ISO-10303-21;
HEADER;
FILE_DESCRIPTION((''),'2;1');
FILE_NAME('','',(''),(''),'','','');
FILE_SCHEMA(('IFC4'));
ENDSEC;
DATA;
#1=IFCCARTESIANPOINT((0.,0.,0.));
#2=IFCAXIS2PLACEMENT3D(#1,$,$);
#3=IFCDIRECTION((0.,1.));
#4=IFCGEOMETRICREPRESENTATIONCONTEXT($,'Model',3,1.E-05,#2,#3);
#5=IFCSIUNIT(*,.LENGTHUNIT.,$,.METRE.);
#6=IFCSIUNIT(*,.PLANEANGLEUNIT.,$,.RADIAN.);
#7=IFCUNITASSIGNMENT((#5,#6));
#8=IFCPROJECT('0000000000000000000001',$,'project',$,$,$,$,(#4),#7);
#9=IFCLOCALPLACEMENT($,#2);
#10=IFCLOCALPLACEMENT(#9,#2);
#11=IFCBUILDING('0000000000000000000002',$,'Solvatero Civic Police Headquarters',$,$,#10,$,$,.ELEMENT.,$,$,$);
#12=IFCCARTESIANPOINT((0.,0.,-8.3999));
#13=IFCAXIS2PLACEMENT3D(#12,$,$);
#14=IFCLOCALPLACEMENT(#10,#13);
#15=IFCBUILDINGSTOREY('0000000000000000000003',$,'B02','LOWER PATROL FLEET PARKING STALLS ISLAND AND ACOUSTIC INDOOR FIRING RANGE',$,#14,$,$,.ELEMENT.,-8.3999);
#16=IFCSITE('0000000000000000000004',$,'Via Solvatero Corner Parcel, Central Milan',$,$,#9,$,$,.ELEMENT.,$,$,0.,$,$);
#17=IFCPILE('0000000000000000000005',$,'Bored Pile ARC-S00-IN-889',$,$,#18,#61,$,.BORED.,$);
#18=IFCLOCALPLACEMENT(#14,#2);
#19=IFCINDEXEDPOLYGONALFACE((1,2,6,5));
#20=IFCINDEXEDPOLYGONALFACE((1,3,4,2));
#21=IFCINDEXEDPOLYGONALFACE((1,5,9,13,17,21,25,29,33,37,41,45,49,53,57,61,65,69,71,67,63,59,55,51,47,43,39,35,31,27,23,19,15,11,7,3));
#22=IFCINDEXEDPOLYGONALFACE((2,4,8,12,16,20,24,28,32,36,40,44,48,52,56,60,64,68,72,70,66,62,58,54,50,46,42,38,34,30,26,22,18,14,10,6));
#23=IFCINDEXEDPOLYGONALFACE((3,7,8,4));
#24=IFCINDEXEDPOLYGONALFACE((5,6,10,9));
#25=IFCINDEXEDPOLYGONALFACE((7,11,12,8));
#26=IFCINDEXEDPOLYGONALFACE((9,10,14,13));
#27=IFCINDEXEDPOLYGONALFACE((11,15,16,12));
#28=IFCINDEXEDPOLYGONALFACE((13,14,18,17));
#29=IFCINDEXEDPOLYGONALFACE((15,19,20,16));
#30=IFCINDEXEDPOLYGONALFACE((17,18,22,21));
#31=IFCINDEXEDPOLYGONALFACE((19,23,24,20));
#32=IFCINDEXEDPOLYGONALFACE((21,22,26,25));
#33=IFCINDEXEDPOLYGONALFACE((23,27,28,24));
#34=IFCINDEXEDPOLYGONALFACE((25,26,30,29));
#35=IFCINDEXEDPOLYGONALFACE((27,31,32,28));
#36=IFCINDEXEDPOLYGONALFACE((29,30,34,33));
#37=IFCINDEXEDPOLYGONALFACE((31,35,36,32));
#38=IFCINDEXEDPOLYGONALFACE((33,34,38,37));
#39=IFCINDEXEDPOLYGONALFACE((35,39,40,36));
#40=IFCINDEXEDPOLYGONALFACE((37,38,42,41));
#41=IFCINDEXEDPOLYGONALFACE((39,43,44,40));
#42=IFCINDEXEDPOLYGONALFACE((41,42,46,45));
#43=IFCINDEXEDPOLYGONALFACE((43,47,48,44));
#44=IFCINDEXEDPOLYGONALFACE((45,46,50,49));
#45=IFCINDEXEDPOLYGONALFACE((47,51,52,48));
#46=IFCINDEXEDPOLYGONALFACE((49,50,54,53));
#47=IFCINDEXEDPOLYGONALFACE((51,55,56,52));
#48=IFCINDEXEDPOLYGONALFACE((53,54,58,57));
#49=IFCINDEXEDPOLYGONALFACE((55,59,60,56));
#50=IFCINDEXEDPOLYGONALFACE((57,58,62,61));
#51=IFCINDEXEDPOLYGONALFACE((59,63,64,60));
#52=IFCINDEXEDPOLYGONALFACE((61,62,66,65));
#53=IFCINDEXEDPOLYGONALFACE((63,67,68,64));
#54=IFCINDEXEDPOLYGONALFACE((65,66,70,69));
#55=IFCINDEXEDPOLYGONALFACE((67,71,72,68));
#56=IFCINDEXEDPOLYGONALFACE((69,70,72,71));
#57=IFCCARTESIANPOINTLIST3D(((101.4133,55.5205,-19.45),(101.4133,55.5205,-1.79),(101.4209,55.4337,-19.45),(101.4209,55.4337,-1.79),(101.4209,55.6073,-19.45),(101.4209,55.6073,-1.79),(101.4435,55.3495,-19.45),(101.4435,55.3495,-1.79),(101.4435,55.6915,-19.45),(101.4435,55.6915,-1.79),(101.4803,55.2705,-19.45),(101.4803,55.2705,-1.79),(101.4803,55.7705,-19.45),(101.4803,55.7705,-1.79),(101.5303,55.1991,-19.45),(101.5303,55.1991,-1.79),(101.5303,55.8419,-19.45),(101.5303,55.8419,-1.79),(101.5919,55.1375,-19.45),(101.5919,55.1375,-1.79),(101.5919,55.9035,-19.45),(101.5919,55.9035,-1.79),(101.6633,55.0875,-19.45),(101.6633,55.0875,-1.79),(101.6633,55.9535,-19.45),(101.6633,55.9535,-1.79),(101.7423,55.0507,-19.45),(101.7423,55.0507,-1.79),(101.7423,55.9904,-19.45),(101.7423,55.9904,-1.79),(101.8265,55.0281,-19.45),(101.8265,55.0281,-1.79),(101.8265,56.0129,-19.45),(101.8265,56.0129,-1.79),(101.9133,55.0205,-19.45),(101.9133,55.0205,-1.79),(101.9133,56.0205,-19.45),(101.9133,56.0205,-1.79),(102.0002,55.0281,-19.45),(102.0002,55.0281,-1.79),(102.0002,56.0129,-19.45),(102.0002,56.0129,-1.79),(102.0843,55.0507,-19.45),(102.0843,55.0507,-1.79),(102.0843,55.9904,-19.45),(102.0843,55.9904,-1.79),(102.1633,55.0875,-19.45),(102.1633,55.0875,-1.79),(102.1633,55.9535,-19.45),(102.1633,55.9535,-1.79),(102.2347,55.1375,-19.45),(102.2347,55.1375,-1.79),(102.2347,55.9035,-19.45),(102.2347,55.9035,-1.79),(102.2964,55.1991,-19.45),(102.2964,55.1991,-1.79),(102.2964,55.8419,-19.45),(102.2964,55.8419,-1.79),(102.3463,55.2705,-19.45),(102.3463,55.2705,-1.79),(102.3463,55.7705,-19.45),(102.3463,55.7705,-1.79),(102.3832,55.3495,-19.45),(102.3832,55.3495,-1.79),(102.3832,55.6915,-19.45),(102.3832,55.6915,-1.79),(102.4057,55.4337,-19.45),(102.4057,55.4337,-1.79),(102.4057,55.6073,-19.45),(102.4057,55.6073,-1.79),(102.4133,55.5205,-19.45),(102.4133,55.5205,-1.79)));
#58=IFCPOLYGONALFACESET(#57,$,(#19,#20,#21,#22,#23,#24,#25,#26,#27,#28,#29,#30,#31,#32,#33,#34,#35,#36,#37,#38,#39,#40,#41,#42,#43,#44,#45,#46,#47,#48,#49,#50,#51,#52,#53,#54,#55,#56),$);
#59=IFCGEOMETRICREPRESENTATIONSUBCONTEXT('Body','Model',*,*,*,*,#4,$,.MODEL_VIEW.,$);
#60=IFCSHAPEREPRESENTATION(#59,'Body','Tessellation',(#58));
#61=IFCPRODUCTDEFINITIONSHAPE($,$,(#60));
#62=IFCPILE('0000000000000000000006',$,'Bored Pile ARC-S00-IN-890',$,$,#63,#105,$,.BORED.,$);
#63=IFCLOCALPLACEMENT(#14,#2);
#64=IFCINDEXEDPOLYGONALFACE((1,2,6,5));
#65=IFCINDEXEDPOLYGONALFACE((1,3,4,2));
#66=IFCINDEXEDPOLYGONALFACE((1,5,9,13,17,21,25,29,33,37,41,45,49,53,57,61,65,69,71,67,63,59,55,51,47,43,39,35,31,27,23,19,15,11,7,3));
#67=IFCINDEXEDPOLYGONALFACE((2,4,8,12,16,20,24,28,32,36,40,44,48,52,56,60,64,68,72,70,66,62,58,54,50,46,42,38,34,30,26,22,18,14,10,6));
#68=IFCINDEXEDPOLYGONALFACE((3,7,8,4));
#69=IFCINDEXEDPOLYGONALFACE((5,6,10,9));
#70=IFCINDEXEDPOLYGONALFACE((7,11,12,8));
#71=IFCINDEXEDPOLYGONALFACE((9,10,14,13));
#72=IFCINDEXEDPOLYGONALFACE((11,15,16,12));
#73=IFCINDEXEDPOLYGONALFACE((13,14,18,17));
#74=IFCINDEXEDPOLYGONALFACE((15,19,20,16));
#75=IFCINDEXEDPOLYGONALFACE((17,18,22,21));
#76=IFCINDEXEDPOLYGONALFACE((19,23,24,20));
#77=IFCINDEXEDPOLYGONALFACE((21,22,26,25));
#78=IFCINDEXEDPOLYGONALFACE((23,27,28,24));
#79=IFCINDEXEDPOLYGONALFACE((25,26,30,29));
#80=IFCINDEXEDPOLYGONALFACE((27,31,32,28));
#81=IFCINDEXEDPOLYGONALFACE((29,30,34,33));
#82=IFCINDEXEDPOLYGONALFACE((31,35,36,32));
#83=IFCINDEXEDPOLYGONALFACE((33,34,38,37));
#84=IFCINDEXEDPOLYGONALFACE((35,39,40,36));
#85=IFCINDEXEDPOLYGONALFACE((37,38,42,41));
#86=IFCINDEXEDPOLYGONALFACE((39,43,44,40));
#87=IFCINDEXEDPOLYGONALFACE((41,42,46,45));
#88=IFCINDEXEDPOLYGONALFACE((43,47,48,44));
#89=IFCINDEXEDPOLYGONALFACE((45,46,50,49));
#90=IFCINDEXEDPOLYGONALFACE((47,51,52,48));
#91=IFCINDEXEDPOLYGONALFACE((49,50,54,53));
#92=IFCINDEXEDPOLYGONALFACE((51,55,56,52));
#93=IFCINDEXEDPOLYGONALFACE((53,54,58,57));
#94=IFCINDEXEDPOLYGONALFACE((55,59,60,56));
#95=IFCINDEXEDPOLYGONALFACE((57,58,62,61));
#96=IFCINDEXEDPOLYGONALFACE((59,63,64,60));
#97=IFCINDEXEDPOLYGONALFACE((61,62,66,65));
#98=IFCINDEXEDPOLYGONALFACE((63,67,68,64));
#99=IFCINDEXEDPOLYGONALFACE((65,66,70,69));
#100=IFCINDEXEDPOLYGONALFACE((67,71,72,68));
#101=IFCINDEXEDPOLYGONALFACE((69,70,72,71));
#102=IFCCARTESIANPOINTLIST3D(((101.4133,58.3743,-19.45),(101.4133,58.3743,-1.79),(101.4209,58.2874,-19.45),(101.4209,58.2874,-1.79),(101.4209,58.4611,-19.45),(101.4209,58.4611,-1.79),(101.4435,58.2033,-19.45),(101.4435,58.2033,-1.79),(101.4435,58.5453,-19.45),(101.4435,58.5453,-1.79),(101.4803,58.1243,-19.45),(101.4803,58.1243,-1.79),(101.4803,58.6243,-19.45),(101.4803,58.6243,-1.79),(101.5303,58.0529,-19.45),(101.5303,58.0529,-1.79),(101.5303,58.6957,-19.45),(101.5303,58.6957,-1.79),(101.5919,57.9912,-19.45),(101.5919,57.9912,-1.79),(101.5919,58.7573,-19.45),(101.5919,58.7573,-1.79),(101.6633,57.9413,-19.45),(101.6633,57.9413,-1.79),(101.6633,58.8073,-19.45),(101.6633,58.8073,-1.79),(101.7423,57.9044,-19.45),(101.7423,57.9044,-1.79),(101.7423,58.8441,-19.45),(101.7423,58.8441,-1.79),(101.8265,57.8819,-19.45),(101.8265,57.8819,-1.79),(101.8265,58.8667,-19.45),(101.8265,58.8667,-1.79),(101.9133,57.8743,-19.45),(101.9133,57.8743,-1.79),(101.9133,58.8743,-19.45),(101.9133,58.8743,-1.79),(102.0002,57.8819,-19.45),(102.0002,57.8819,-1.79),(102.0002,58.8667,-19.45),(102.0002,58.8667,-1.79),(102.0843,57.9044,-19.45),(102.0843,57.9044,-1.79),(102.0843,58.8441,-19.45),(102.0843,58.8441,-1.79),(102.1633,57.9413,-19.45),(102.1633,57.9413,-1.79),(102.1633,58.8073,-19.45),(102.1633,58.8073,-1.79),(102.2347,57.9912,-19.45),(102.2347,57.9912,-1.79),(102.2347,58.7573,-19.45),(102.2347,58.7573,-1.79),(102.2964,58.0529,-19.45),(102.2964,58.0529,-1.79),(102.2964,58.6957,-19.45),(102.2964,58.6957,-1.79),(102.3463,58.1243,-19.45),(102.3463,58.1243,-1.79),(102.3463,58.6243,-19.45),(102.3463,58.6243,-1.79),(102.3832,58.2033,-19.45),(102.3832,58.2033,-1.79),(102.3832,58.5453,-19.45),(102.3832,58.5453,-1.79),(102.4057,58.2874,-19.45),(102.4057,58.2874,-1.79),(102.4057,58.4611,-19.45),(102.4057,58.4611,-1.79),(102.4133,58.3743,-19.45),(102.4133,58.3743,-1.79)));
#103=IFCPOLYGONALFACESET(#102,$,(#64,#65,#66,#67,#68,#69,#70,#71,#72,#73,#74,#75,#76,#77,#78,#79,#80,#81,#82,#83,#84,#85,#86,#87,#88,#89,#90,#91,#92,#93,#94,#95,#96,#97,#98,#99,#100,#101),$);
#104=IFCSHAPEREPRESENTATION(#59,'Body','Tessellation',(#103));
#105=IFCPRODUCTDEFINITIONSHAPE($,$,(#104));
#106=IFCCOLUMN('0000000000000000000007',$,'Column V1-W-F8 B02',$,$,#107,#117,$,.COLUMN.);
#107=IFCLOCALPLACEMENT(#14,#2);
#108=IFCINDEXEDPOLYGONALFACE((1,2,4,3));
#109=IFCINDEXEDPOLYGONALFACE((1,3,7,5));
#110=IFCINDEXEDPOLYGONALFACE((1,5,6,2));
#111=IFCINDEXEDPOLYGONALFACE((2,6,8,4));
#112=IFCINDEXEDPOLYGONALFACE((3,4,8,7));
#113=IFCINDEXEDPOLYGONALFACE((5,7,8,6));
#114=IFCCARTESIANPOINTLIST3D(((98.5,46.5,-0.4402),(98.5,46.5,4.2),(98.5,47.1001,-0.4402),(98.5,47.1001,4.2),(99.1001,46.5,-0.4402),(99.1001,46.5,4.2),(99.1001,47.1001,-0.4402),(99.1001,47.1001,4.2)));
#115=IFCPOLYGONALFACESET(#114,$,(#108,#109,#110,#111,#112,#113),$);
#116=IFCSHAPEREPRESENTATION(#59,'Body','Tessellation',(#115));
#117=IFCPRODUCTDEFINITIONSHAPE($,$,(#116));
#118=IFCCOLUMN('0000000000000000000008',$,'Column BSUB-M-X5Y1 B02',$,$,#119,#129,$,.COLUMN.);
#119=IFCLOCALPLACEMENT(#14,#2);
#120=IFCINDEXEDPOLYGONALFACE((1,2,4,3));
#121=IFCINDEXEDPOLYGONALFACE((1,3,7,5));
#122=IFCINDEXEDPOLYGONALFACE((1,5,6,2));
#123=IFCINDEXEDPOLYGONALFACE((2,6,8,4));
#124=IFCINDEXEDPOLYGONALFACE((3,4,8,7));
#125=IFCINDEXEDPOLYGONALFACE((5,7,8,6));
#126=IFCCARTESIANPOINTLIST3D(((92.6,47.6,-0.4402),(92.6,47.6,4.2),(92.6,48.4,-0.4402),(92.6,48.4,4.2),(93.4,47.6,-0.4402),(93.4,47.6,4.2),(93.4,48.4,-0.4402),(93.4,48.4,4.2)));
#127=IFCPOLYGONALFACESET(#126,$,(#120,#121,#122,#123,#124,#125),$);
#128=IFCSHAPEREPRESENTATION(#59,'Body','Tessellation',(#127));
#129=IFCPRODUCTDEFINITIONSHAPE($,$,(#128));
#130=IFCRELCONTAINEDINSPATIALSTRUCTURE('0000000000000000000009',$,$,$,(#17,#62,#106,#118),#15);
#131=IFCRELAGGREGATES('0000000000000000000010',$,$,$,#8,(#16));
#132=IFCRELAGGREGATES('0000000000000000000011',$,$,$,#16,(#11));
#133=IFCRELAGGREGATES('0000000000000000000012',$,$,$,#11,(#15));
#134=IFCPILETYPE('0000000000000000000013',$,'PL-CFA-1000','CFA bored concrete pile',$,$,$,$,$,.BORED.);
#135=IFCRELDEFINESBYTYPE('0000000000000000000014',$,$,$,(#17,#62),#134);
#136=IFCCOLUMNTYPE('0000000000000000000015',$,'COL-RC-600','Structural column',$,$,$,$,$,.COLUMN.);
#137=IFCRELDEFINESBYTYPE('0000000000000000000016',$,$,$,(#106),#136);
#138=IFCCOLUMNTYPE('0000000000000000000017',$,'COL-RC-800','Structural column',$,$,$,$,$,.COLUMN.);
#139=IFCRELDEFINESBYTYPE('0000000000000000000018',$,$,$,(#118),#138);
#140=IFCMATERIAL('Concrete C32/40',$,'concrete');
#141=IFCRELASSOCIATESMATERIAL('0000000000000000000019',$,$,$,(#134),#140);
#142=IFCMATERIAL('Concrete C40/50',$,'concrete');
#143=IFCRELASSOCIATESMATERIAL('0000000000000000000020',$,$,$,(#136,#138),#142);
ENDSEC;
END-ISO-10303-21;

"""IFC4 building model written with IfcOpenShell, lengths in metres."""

from ifc_helpers import new_model, si_unit, direction, frame, origin, origin_2d, place, context, subcontext, project, spatial, rectangle, circle, extrude, material, material_profile, profile_set, type_object, element, save


model = new_model("IFC4")

# Units and contexts
model_context = context("Model", 3, precision=1e-05, world=origin(), true_north=direction((0.0, 1.0)))
body_context = subcontext(model_context, "Body", "Model", "MODEL_VIEW")
ifc_project = project(units=[si_unit("LENGTHUNIT", "METRE"), si_unit("PLANEANGLEUNIT", "RADIAN")], contexts=[model_context])

# Site, building, storey
site_placement = place(None, origin())
site = spatial("IfcSite", under=ifc_project, at=site_placement, Name="Via Solvatero Corner Parcel, Central Milan", CompositionType="ELEMENT", RefElevation=0.0)
building_placement = place(site_placement, origin())
building = spatial("IfcBuilding", under=site, at=building_placement, Name="Solvatero Civic Police Headquarters", CompositionType="ELEMENT")
storey_placement = place(building_placement, frame((0.0, 0.0, -8.3999)))
storey = spatial("IfcBuildingStorey", under=building, at=storey_placement, Name="B02", Description="LOWER PATROL FLEET PARKING STALLS ISLAND AND ACOUSTIC INDOOR FIRING RANGE", CompositionType="ELEMENT", Elevation=-8.3999)

# Piles
ifc_material_1 = material(Name="Concrete C32/40", Category="concrete")
ifc_material_profile_1 = material_profile(ifc_material_1, circle(Radius=0.5, at=origin_2d()), Name="CFA PILE D1000")
ifc_profile_set_1 = profile_set([ifc_material_profile_1], Name="Concrete C32/40")
pile_type = type_object("IfcPileType", Name="PL-CFA-1000", Description="CFA bored concrete pile", PredefinedType="BORED", material=ifc_profile_set_1)
for number, where, z_axis, x_axis, name in (
    (1, (101.9133, 55.5205, -1.79), (0.0, 0.0, -1.0), (1.0, 0.0, 0.0), "Bored Pile ARC-S00-IN-889"),
    (2, (101.9133, 58.3743, -1.79), (0.0, 0.0, -1.0), (1.0, 0.0, 0.0), "Bored Pile ARC-S00-IN-890"),
):
    element("IfcPile", number, at=place(storey_placement, frame(where, z_axis=z_axis, x_axis=x_axis)), inside=storey, type_object=pile_type, Name=name, PredefinedType="BORED", context=body_context, shape_type="SweptSolid", body=[
        extrude(circle(Radius=0.5, at=origin_2d()), origin(), (0.0, 0.0, 1.0), 17.6599),
    ])

# Columns
ifc_material_2 = material(Name="Concrete C40/50", Category="concrete")
ifc_material_profile_2 = material_profile(ifc_material_2, rectangle(XDim=0.6001, YDim=0.6001, at=origin_2d()), Name="RC 600x600")
ifc_profile_set_2 = profile_set([ifc_material_profile_2], Name="Concrete C40/50")
column_type_1 = type_object("IfcColumnType", Name="COL-RC-600", Description="Structural column", PredefinedType="COLUMN", material=ifc_profile_set_2)
column_1_placement = place(storey_placement, frame((98.8, 46.8, -0.4402), z_axis=(0.0, 0.0, 1.0), x_axis=(1.0, 0.0, 0.0)))
element("IfcColumn", 3, at=column_1_placement, inside=storey, type_object=column_type_1, Name="Column V1-W-F8 B02", PredefinedType="COLUMN", context=body_context, shape_type="SweptSolid", body=[
    extrude(rectangle(XDim=0.6001, YDim=0.6001, at=origin_2d()), origin(), (0.0, 0.0, 1.0), 4.6401),
])
ifc_material_profile_3 = material_profile(ifc_material_2, rectangle(XDim=0.8, YDim=0.8, at=origin_2d()), Name="RC 800x800")
ifc_profile_set_3 = profile_set([ifc_material_profile_3], Name="Concrete C40/50")
column_type_2 = type_object("IfcColumnType", Name="COL-RC-800", Description="Structural column", PredefinedType="COLUMN", material=ifc_profile_set_3)
column_2_placement = place(storey_placement, frame((93.0, 48.0, -0.4402), z_axis=(0.0, 0.0, 1.0), x_axis=(1.0, 0.0, 0.0)))
element("IfcColumn", 4, at=column_2_placement, inside=storey, type_object=column_type_2, Name="Column BSUB-M-X5Y1 B02", PredefinedType="COLUMN", context=body_context, shape_type="SweptSolid", body=[
    extrude(rectangle(XDim=0.8, YDim=0.8, at=origin_2d()), origin(), (0.0, 0.0, 1.0), 4.6401),
])

save(model, "model.ifc")
